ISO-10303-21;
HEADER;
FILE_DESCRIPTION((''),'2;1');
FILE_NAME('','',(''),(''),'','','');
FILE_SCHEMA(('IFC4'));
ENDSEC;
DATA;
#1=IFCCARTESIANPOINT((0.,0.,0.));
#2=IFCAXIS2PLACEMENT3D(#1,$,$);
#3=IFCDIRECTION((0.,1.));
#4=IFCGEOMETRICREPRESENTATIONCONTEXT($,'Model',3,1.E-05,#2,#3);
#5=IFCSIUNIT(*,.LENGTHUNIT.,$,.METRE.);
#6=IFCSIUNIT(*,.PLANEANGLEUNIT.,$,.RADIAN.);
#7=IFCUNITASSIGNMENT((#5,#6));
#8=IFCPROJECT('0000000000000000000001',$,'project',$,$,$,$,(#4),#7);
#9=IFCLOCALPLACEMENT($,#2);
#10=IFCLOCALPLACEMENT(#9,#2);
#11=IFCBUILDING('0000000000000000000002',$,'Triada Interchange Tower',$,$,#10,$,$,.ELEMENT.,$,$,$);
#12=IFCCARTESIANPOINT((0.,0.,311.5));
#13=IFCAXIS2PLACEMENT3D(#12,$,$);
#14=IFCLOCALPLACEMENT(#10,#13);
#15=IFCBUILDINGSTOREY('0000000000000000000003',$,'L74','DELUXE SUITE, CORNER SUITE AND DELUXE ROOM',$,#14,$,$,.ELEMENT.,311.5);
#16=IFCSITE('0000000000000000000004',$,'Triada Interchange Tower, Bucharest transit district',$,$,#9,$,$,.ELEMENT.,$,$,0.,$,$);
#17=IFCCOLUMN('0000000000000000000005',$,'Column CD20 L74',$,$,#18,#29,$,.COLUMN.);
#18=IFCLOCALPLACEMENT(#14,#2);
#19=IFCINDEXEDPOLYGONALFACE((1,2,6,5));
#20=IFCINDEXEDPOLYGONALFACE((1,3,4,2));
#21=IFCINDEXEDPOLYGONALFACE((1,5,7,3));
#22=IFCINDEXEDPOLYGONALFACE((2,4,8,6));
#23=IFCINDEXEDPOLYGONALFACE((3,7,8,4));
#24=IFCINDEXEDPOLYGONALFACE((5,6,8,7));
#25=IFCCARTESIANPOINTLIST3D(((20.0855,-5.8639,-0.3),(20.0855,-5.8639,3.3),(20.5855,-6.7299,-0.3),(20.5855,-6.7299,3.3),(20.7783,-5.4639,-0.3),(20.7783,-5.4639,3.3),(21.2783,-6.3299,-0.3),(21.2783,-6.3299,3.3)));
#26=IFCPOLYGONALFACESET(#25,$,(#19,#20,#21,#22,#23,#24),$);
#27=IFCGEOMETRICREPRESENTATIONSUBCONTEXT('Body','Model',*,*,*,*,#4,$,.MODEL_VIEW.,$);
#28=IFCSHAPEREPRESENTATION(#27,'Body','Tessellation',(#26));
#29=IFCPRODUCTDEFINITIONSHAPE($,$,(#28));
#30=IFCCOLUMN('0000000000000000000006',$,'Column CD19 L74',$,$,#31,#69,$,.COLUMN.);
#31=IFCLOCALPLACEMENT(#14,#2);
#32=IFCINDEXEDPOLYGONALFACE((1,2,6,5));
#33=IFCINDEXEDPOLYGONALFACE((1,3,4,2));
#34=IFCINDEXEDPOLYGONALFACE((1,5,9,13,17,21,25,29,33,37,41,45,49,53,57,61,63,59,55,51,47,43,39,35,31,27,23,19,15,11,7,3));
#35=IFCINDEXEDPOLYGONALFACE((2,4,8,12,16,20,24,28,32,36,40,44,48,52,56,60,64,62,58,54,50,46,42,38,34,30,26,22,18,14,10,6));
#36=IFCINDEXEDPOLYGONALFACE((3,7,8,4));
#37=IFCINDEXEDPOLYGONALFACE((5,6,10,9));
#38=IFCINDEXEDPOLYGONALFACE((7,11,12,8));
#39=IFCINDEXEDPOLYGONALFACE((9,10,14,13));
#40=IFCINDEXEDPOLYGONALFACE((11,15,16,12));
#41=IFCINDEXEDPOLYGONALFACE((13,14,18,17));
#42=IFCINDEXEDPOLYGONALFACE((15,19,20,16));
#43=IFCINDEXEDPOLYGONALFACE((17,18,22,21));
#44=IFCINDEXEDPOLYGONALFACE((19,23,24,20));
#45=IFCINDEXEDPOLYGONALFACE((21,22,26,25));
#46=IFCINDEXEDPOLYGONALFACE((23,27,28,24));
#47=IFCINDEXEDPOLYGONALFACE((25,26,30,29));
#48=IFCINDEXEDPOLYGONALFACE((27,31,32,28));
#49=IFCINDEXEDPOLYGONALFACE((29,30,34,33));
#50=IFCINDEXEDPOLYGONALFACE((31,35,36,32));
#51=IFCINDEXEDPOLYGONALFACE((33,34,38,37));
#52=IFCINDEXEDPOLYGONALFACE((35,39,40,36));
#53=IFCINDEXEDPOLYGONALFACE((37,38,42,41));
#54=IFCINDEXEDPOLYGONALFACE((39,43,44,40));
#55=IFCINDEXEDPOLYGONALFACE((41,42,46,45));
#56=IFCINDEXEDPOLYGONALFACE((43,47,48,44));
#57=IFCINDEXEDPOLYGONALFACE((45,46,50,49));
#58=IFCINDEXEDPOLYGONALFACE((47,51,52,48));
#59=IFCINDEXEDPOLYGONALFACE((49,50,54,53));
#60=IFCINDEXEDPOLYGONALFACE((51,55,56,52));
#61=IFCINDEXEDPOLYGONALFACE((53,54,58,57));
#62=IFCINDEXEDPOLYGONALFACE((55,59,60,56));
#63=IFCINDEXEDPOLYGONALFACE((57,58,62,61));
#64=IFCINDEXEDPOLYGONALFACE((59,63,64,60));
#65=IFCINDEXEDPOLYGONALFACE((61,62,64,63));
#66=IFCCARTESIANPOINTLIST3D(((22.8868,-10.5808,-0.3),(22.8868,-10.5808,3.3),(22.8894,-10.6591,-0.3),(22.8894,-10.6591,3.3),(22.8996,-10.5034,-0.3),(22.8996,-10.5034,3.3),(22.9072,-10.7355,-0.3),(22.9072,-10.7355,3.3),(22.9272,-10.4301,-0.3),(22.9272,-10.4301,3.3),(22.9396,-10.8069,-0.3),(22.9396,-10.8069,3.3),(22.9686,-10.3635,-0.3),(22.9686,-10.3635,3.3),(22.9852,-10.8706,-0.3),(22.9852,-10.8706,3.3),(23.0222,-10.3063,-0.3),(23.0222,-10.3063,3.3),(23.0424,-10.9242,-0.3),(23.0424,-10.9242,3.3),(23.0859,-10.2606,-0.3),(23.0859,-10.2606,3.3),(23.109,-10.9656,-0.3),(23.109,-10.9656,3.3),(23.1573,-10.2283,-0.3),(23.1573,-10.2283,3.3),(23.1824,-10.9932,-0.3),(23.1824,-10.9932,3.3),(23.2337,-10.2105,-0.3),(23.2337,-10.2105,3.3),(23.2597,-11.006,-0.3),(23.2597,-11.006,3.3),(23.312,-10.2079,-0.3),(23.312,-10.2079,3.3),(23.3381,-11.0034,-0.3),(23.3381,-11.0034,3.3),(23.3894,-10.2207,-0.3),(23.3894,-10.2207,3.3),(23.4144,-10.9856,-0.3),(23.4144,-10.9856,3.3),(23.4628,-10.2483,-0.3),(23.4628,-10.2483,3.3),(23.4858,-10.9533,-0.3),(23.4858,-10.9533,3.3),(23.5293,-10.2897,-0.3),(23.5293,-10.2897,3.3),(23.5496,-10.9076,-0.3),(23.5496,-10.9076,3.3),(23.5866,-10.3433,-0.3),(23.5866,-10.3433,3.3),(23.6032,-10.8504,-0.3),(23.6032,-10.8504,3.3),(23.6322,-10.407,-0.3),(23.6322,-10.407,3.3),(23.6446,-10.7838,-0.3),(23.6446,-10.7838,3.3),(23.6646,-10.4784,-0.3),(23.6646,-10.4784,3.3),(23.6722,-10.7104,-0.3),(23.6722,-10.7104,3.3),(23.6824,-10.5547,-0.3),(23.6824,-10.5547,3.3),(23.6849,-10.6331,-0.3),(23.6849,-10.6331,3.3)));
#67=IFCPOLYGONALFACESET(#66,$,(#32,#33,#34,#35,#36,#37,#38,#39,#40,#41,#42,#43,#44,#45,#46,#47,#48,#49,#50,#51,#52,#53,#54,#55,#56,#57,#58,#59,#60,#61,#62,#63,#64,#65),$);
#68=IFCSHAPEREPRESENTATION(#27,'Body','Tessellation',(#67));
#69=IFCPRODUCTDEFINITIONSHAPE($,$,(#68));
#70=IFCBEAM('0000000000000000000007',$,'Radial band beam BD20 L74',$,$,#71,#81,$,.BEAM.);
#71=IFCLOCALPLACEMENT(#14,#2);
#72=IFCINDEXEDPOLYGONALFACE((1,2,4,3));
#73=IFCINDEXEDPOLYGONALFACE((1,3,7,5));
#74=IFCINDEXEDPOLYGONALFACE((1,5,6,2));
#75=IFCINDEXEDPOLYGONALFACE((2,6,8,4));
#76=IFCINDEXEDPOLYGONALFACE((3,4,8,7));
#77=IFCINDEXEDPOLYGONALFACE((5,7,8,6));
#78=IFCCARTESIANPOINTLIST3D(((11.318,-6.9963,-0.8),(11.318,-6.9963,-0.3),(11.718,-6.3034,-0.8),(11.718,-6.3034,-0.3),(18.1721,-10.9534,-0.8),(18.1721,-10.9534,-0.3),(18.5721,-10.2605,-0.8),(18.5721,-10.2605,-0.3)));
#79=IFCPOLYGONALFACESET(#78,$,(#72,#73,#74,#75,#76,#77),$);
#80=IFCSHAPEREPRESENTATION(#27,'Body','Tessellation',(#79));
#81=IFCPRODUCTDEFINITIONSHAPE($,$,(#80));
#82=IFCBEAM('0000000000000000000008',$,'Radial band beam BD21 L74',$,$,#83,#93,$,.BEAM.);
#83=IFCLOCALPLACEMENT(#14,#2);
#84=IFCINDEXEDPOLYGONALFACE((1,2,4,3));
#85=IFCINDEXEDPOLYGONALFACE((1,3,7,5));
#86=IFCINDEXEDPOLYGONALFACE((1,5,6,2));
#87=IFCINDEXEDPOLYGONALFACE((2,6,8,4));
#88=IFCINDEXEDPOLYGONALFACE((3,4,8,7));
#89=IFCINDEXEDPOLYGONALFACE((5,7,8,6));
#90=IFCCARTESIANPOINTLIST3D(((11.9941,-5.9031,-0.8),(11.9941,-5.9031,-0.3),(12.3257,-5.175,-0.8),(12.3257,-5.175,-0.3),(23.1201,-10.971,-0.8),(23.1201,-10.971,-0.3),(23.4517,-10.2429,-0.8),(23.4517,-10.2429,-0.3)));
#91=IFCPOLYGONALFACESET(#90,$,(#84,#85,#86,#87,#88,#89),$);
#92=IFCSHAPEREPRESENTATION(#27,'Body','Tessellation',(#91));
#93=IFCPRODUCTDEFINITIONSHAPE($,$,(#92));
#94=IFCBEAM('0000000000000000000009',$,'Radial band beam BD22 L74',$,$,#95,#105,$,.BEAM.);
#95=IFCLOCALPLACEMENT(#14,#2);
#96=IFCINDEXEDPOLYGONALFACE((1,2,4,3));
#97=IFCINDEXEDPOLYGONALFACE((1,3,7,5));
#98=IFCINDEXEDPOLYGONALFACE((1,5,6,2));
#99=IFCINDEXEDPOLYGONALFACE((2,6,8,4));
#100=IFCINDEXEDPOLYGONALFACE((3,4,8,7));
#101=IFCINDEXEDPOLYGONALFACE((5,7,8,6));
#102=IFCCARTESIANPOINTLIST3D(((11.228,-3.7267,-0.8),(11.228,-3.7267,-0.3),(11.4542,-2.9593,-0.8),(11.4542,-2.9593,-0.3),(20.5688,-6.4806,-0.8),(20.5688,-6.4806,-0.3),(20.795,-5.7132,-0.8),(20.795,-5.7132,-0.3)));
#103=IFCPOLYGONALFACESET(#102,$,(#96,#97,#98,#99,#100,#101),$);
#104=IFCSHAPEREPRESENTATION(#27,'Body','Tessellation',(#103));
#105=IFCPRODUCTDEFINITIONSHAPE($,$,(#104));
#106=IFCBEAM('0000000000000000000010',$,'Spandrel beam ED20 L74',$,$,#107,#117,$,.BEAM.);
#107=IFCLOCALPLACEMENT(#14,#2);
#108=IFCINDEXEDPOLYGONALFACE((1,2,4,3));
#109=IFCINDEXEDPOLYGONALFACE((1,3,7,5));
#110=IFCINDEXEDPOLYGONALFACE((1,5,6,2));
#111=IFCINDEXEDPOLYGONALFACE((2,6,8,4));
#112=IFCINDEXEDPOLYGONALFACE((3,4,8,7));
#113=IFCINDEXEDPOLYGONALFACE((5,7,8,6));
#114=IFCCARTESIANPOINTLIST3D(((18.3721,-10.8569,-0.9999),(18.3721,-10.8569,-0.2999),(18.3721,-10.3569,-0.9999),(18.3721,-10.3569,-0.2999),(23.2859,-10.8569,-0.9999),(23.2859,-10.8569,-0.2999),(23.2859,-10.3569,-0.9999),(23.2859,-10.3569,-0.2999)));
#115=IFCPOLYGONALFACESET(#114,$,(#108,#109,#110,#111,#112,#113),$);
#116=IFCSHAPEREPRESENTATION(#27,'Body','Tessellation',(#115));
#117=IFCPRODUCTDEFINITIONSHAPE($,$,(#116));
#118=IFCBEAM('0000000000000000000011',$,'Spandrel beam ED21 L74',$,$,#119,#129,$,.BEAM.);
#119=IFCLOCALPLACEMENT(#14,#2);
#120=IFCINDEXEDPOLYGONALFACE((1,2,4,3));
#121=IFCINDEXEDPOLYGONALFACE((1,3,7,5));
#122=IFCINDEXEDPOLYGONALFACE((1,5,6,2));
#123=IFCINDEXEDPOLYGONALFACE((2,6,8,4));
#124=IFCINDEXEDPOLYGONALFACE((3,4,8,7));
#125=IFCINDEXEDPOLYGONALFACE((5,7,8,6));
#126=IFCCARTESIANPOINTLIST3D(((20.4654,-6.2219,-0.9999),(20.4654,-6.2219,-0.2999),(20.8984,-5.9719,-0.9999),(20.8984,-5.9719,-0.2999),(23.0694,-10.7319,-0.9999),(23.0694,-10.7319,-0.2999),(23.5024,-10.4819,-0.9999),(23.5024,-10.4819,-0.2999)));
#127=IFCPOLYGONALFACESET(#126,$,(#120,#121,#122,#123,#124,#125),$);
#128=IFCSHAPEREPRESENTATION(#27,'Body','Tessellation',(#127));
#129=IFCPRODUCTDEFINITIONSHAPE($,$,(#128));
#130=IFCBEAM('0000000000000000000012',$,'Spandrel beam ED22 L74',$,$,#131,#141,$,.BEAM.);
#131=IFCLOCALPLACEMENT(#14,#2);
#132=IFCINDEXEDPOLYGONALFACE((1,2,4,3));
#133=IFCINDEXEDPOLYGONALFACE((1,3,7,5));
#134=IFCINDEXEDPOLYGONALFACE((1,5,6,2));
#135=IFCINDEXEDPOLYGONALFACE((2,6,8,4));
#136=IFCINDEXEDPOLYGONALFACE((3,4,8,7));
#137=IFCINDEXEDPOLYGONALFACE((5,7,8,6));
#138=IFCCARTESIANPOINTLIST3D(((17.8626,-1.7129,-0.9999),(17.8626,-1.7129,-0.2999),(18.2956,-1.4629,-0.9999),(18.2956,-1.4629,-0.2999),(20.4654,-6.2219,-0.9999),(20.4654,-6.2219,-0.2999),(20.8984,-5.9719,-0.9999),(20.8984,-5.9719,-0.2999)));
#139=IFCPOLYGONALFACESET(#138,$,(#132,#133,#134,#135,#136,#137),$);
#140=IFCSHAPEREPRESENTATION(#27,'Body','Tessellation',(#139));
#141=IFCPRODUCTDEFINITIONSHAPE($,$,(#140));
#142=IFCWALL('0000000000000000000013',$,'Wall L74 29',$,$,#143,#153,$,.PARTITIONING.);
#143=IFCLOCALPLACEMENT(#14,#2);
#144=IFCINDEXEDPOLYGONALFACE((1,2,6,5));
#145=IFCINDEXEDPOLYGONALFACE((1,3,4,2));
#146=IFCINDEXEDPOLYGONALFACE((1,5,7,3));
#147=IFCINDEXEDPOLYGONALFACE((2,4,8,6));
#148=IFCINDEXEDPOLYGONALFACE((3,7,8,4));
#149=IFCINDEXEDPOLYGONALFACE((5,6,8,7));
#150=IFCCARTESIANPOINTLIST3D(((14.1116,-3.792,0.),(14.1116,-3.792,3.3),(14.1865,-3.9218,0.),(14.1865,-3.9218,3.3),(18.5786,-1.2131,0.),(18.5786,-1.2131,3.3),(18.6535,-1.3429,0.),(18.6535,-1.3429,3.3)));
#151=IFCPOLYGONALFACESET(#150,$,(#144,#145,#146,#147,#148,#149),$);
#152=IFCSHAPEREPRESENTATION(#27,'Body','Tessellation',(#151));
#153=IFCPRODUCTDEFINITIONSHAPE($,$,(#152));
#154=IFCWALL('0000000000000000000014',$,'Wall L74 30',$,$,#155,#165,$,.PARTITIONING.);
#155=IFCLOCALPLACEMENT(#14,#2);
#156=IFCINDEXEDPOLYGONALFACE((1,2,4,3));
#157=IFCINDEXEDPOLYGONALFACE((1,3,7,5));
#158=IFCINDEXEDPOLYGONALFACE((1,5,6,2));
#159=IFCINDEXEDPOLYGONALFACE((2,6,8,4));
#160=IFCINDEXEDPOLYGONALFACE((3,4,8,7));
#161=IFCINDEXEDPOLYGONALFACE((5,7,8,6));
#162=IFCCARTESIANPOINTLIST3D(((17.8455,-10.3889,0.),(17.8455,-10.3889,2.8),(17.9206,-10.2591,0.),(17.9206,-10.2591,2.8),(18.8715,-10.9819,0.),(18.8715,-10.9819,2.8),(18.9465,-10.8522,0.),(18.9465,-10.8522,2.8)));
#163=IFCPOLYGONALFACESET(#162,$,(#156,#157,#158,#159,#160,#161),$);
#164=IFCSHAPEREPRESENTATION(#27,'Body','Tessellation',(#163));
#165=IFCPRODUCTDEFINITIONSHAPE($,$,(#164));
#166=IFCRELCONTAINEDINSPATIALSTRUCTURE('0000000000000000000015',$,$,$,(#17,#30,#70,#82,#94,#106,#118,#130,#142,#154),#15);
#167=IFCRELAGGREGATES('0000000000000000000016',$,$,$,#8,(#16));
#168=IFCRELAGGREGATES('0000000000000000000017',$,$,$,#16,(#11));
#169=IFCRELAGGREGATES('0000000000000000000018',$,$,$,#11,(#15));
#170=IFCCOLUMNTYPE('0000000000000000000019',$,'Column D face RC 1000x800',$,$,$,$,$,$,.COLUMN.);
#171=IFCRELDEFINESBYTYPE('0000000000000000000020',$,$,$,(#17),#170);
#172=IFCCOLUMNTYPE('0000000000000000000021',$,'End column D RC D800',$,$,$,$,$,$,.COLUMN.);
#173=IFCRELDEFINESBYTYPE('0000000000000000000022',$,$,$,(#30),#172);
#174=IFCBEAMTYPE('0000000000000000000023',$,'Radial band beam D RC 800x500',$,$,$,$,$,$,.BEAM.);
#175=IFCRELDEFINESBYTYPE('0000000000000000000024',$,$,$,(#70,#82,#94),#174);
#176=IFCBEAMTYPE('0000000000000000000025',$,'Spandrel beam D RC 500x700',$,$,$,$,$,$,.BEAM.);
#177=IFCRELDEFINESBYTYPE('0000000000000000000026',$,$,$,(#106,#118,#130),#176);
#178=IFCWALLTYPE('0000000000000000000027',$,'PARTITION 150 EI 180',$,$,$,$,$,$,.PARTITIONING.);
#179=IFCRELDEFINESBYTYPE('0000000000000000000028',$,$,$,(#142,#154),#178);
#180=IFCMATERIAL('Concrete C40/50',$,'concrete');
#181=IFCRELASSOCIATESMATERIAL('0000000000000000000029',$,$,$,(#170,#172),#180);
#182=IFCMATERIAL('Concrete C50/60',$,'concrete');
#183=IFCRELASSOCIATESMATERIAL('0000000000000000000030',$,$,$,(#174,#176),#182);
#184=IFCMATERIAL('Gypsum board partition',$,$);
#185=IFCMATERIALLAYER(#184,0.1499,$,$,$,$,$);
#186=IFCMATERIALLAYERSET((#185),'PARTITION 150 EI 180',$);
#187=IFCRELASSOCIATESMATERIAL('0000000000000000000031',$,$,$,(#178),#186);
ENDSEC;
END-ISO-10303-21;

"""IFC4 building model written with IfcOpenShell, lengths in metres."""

from ifc_helpers import new_model, si_unit, direction, frame, frame_2d, origin, origin_2d, place, context, subcontext, project, spatial, rectangle, circle, extrude, material, layer, layer_set, material_profile, profile_set, type_object, element, save


model = new_model("IFC4")

# Units and contexts
model_context = context("Model", 3, precision=1e-05, world=origin(), true_north=direction((0.0, 1.0)))
body_context = subcontext(model_context, "Body", "Model", "MODEL_VIEW")
ifc_project = project(units=[si_unit("LENGTHUNIT", "METRE"), si_unit("PLANEANGLEUNIT", "RADIAN")], contexts=[model_context])

# Site, building, storey
site_placement = place(None, origin())
site = spatial("IfcSite", under=ifc_project, at=site_placement, Name="Triada Interchange Tower, Bucharest transit district", CompositionType="ELEMENT", RefElevation=0.0)
building_placement = place(site_placement, origin())
building = spatial("IfcBuilding", under=site, at=building_placement, Name="Triada Interchange Tower", CompositionType="ELEMENT")
storey_placement = place(building_placement, frame((0.0, 0.0, 311.5)))
storey = spatial("IfcBuildingStorey", under=building, at=storey_placement, Name="L74", Description="DELUXE SUITE, CORNER SUITE AND DELUXE ROOM", CompositionType="ELEMENT", Elevation=311.5)

# Columns
ifc_material_1 = material(Name="Concrete C40/50", Category="concrete")
ifc_material_profile_1 = material_profile(ifc_material_1, rectangle(XDim=1.0, YDim=0.8, at=origin_2d()), Name="RC 1000x800")
ifc_profile_set_1 = profile_set([ifc_material_profile_1], Name="Concrete C40/50")
column_type_1 = type_object("IfcColumnType", Name="Column D face RC 1000x800", PredefinedType="COLUMN", material=ifc_profile_set_1)
column_1_placement = place(storey_placement, frame((20.6819, -6.0969, -0.3), z_axis=(0.0, 0.0, 1.0), x_axis=(-0.5, 0.866025, 0.0)))
element("IfcColumn", 1, at=column_1_placement, inside=storey, type_object=column_type_1, Name="Column CD20 L74", PredefinedType="COLUMN", context=body_context, shape_type="SweptSolid", body=[
    extrude(rectangle(XDim=1.0, YDim=0.8, at=origin_2d()), origin(), (0.0, 0.0, 1.0), 3.6001),
])
ifc_material_profile_2 = material_profile(ifc_material_1, circle(Radius=0.3999, at=origin_2d()), Name="RC D800")
ifc_profile_set_2 = profile_set([ifc_material_profile_2], Name="Concrete C40/50")
column_type_2 = type_object("IfcColumnType", Name="End column D RC D800", PredefinedType="COLUMN", material=ifc_profile_set_2)
column_2_placement = place(storey_placement, frame((23.2859, -10.6069, -0.3), z_axis=(0.0, 0.0, 1.0), x_axis=(-0.5, 0.866025, 0.0)))
element("IfcColumn", 2, at=column_2_placement, inside=storey, type_object=column_type_2, Name="Column CD19 L74", PredefinedType="COLUMN", context=body_context, shape_type="SweptSolid", body=[
    extrude(circle(Radius=0.3999, at=origin_2d()), origin(), (0.0, 0.0, 1.0), 3.6001),
])

# Beams
ifc_material_2 = material(Name="Concrete C50/60", Category="concrete")
ifc_material_profile_3 = material_profile(ifc_material_2, rectangle(XDim=0.8, YDim=0.5, at=origin_2d()), Name="RC 800x500")
ifc_profile_set_3 = profile_set([ifc_material_profile_3], Name="Concrete C50/60")
beam_type_1 = type_object("IfcBeamType", Name="Radial band beam D RC 800x500", PredefinedType="BEAM", material=ifc_profile_set_3)
beam_1_placement = place(storey_placement, frame((18.3721, -10.6069, -0.55), z_axis=(-0.866033, 0.499988, 0.0), x_axis=(-0.499988, -0.866033, 0.0)))
element("IfcBeam", 3, at=beam_1_placement, inside=storey, type_object=beam_type_1, Name="Radial band beam BD20 L74", PredefinedType="BEAM", context=body_context, shape_type="SweptSolid", body=[
    extrude(rectangle(XDim=0.8, YDim=0.5, at=origin_2d()), origin(), (0.0, 0.0, 1.0), 7.9143),
])
beam_2_placement = place(storey_placement, frame((23.2859, -10.6069, -0.55), z_axis=(-0.910039, 0.414522, 0.0), x_axis=(-0.414522, -0.910039, 0.0)))
element("IfcBeam", 4, at=beam_2_placement, inside=storey, type_object=beam_type_1, Name="Radial band beam BD21 L74", PredefinedType="BEAM", context=body_context, shape_type="SweptSolid", body=[
    extrude(rectangle(XDim=0.8, YDim=0.5, at=origin_2d()), origin(), (0.0, 0.0, 1.0), 12.2258),
])
beam_3_placement = place(storey_placement, frame((20.6819, -6.0969, -0.55), z_axis=(-0.959182, 0.282791, 0.0), x_axis=(-0.282791, -0.959182, 0.0)))
element("IfcBeam", 5, at=beam_3_placement, inside=storey, type_object=beam_type_1, Name="Radial band beam BD22 L74", PredefinedType="BEAM", context=body_context, shape_type="SweptSolid", body=[
    extrude(rectangle(XDim=0.8, YDim=0.5, at=origin_2d()), origin(), (0.0, 0.0, 1.0), 9.7383),
])
ifc_material_profile_4 = material_profile(ifc_material_2, rectangle(XDim=0.5, YDim=0.7, at=origin_2d()), Name="RC 500x700")
ifc_profile_set_4 = profile_set([ifc_material_profile_4], Name="Concrete C50/60")
beam_type_2 = type_object("IfcBeamType", Name="Spandrel beam D RC 500x700", PredefinedType="BEAM", material=ifc_profile_set_4)
beam_4_placement = place(storey_placement, frame((18.3721, -10.6069, -0.6499), z_axis=(1.0, 0.0, 0.0), x_axis=(0.0, 1.0, 0.0)))
element("IfcBeam", 6, at=beam_4_placement, inside=storey, type_object=beam_type_2, Name="Spandrel beam ED20 L74", PredefinedType="BEAM", context=body_context, shape_type="SweptSolid", body=[
    extrude(rectangle(XDim=0.5, YDim=0.7, at=origin_2d()), origin(), (0.0, 0.0, 1.0), 4.9138),
])
beam_5_placement = place(storey_placement, frame((23.2859, -10.6069, -0.6499), z_axis=(-0.500021, 0.866013, 0.0), x_axis=(-0.866013, -0.500021, 0.0)))
element("IfcBeam", 7, at=beam_5_placement, inside=storey, type_object=beam_type_2, Name="Spandrel beam ED21 L74", PredefinedType="BEAM", context=body_context, shape_type="SweptSolid", body=[
    extrude(rectangle(XDim=0.5, YDim=0.7, at=origin_2d()), origin(), (0.0, 0.0, 1.0), 5.2078),
])
beam_6_placement = place(storey_placement, frame((20.6819, -6.0969, -0.6499), z_axis=(-0.499927, 0.866068, 0.0), x_axis=(-0.866068, -0.499927, 0.0)))
element("IfcBeam", 8, at=beam_6_placement, inside=storey, type_object=beam_type_2, Name="Spandrel beam ED22 L74", PredefinedType="BEAM", context=body_context, shape_type="SweptSolid", body=[
    extrude(rectangle(XDim=0.5, YDim=0.7, at=origin_2d()), origin(), (0.0, 0.0, 1.0), 5.2063),
])

# Walls
ifc_material_3 = material(Name="Gypsum board partition")
ifc_layer_1 = layer(ifc_material_3, 0.1499)
ifc_layer_set_1 = layer_set([ifc_layer_1], Name="PARTITION 150 EI 180")
wall_type_1 = type_object("IfcWallType", Name="PARTITION 150 EI 180", PredefinedType="PARTITIONING", material=ifc_layer_set_1)
wall_1_placement = place(storey_placement, frame((14.1489, -3.8569, 0.0), z_axis=(0.0, 0.0, 1.0), x_axis=(0.866041, 0.499972, 0.0)))
element("IfcWall", 9, at=wall_1_placement, inside=storey, type_object=wall_type_1, Name="Wall L74 29", PredefinedType="PARTITIONING", context=body_context, shape_type="SweptSolid", body=[
    extrude(rectangle(XDim=5.158, YDim=0.1499, at=frame_2d((2.5791, 0.0))), origin(), (0.0, 0.0, 1.0), 3.3),
])
wall_2_placement = place(storey_placement, frame((17.8831, -10.324, 0.0), z_axis=(0.0, 0.0, 1.0), x_axis=(0.86576, -0.50046, 0.0)))
element("IfcWall", 10, at=wall_2_placement, inside=storey, type_object=wall_type_1, Name="Wall L74 30", PredefinedType="PARTITIONING", context=body_context, shape_type="SweptSolid", body=[
    extrude(rectangle(XDim=1.1851, YDim=0.1499, at=frame_2d((0.5925, 0.0))), origin(), (0.0, 0.0, 1.0), 2.8),
])

save(model, "model.ifc")
